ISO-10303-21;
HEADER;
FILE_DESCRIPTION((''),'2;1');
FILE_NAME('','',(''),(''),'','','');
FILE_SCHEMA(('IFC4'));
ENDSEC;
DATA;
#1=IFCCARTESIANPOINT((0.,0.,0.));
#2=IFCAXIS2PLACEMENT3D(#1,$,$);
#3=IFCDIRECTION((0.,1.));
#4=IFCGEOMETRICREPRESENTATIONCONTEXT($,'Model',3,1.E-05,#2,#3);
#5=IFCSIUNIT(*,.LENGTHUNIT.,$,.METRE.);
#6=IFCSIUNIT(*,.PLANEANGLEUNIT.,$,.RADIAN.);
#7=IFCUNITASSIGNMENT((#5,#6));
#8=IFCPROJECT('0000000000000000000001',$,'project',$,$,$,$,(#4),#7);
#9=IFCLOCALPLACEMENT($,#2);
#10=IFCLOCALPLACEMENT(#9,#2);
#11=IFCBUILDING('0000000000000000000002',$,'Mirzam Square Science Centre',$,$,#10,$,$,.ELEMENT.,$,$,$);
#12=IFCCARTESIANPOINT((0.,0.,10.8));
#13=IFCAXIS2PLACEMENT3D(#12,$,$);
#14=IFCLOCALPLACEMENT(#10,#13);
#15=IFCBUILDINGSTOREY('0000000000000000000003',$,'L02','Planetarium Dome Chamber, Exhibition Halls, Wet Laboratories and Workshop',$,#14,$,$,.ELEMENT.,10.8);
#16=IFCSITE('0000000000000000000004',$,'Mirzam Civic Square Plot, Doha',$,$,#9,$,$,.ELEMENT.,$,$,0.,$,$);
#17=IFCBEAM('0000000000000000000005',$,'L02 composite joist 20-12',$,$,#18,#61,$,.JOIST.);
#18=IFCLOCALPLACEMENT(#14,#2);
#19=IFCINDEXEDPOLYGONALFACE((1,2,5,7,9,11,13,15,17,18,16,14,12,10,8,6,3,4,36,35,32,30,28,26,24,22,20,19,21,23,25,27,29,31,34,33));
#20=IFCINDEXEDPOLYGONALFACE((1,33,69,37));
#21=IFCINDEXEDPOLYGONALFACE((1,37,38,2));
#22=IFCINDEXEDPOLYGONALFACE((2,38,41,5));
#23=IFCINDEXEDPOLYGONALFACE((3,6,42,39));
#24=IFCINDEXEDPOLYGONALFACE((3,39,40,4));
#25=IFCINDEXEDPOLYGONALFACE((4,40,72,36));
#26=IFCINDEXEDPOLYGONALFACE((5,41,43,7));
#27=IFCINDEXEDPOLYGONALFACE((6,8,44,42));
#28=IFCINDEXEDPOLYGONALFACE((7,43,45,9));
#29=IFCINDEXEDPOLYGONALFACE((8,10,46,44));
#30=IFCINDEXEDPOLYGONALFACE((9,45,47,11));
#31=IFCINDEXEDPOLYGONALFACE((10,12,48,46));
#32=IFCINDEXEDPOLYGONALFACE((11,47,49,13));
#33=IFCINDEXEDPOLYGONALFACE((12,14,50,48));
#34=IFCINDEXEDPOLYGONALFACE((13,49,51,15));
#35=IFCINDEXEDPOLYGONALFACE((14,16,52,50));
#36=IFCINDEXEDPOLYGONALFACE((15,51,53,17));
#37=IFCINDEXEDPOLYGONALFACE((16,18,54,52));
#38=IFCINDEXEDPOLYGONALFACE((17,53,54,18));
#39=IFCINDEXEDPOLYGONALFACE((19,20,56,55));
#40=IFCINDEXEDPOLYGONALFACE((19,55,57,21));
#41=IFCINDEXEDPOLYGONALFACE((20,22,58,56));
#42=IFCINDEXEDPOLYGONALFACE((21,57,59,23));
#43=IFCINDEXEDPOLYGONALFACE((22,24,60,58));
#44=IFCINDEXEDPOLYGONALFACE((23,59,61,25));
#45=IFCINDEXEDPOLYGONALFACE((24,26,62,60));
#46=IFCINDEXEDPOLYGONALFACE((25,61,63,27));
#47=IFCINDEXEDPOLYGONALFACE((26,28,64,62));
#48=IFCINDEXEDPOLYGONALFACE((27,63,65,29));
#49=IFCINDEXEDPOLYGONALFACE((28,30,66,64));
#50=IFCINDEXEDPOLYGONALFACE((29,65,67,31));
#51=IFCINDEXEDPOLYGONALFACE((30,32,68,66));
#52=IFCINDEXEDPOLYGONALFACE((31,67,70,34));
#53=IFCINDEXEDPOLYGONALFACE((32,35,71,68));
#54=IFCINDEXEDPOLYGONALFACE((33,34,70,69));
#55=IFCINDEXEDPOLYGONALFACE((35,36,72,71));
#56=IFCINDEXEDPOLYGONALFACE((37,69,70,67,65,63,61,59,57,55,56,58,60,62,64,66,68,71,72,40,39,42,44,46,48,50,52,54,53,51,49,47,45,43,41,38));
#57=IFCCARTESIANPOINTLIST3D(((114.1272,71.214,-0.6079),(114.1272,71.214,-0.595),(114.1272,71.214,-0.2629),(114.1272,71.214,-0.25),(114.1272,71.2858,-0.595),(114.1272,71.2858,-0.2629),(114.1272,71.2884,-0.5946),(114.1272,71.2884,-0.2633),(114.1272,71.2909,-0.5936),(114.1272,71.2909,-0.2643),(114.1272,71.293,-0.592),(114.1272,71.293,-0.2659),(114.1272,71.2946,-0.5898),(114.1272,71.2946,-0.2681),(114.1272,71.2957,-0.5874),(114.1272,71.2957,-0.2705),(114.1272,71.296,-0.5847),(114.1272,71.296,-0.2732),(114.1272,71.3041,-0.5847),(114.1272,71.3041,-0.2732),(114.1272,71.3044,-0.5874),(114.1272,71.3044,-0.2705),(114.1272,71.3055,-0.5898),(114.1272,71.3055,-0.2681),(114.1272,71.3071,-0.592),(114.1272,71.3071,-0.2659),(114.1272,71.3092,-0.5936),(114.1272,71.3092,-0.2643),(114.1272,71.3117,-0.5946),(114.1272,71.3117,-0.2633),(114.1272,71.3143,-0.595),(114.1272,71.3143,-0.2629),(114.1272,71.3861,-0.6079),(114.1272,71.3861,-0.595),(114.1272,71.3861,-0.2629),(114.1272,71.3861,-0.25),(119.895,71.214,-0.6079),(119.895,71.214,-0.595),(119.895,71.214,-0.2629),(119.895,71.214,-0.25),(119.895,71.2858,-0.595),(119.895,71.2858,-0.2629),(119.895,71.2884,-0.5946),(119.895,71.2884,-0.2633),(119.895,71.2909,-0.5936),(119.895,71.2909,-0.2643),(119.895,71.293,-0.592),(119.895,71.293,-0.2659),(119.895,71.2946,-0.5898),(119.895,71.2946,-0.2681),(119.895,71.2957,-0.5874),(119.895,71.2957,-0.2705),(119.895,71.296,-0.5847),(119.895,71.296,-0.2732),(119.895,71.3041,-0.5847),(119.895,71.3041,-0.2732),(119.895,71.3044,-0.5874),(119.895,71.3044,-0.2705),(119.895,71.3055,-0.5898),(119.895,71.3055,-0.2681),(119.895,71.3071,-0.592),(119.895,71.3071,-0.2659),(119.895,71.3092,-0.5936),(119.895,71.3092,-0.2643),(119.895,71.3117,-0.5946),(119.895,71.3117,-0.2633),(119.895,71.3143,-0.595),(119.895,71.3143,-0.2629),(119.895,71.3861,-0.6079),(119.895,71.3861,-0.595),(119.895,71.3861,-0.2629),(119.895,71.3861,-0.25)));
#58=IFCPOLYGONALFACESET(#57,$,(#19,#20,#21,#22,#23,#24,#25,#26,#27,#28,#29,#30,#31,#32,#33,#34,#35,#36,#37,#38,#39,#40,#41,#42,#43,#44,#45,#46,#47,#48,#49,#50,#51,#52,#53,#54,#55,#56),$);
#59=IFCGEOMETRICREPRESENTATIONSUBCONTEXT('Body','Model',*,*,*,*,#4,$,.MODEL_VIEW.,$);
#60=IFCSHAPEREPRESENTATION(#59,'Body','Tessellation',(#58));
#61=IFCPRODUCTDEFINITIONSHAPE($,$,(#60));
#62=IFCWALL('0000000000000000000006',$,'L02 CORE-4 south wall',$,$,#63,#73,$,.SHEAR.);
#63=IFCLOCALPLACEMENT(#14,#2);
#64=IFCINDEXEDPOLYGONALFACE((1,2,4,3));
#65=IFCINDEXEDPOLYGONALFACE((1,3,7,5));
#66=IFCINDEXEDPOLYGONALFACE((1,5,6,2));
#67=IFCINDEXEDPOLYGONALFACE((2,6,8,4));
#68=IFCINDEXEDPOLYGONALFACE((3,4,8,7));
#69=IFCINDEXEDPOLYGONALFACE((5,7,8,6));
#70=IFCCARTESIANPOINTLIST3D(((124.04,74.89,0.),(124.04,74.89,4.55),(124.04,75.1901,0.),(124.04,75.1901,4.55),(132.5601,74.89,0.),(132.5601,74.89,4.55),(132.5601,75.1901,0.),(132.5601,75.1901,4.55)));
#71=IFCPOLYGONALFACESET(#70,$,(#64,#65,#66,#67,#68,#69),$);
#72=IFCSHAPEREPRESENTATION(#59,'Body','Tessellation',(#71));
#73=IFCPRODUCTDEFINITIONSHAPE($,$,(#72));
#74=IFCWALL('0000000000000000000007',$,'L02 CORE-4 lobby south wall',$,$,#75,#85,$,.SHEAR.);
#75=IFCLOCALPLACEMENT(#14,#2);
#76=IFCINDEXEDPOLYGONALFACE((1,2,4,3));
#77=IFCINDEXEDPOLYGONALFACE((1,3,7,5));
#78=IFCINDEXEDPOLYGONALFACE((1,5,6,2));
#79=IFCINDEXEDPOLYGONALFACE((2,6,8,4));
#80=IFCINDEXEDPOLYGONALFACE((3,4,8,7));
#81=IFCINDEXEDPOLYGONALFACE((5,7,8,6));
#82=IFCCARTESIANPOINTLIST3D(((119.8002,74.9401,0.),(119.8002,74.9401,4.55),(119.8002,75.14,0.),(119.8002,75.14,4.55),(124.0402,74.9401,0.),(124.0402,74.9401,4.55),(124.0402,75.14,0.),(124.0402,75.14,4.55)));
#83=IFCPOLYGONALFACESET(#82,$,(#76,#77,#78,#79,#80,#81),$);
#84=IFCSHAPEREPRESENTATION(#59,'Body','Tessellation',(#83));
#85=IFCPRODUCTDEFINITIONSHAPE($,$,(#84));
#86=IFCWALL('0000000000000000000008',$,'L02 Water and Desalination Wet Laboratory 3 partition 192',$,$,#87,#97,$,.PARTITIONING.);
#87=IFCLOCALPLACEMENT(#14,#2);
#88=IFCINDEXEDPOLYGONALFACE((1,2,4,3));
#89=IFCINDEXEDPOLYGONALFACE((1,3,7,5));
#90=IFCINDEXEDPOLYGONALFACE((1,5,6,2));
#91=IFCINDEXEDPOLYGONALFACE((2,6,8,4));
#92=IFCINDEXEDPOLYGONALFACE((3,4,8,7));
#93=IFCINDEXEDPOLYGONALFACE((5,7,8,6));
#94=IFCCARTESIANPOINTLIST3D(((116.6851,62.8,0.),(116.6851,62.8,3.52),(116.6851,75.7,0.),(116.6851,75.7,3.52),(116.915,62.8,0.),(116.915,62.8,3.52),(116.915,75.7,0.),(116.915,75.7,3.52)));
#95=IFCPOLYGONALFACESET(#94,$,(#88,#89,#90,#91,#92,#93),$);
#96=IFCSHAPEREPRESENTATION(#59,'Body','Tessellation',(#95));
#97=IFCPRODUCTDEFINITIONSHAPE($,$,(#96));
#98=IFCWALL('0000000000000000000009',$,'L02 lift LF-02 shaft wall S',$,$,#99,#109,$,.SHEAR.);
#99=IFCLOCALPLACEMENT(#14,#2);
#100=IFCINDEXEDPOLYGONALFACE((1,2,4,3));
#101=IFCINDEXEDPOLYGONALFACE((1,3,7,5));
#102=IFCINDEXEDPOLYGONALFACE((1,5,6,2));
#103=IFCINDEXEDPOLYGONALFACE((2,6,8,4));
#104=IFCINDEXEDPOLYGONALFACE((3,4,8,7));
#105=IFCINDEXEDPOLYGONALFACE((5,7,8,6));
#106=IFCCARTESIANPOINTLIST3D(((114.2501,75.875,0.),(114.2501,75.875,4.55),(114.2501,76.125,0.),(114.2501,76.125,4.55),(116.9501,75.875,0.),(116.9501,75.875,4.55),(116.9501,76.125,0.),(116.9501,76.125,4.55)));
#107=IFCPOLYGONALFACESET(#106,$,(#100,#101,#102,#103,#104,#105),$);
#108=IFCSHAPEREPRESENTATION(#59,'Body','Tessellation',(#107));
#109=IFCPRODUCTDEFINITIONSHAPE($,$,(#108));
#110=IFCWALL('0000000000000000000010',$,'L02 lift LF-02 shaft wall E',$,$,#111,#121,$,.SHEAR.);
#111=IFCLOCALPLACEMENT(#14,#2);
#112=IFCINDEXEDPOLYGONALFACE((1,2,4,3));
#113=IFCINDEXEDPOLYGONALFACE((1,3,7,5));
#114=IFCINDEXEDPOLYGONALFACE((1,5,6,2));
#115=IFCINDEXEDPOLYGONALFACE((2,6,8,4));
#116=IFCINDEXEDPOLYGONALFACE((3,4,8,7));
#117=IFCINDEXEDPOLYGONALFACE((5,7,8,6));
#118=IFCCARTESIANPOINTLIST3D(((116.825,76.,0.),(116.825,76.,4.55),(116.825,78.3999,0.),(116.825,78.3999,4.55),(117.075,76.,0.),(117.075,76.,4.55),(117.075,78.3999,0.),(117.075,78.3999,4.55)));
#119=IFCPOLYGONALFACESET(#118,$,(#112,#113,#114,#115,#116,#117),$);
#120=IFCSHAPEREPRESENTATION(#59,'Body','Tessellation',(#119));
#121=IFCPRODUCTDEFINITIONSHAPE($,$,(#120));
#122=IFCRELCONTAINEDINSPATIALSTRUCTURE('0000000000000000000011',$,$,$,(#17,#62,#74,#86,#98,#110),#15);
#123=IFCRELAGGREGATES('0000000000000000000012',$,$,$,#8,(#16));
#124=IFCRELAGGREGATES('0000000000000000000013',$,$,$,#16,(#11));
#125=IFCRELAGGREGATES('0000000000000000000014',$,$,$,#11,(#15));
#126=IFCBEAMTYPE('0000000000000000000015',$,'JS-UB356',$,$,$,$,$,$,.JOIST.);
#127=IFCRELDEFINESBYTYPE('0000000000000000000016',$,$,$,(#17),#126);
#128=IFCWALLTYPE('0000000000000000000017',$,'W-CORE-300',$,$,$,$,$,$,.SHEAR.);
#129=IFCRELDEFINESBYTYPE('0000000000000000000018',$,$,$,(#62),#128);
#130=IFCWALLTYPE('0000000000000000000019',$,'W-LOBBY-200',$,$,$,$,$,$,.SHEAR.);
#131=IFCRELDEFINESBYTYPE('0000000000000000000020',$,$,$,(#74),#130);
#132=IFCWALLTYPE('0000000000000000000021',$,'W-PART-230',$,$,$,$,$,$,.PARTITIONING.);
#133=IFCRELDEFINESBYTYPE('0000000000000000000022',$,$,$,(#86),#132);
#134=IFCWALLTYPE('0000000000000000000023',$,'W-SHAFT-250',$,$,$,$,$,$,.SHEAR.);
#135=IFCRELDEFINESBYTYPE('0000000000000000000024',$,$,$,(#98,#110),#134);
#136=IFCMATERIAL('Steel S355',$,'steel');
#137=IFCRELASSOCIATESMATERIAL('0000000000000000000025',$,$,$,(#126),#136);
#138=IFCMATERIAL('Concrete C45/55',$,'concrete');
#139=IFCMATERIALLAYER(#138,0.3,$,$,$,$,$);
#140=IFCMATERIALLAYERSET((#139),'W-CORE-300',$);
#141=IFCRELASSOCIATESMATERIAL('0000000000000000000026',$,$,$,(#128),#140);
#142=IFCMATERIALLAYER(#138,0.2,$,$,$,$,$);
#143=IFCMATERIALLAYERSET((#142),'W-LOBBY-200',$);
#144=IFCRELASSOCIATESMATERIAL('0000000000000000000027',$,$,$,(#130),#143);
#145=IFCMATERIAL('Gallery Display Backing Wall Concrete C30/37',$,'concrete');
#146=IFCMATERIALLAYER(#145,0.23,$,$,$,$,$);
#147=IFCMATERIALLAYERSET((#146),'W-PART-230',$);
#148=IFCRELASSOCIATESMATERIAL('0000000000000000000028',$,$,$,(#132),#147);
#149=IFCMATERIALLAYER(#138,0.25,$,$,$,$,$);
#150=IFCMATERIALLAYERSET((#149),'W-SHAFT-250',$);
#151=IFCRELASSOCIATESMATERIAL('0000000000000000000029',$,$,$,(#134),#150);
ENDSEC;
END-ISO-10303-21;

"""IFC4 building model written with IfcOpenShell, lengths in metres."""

from ifc_helpers import new_model, si_unit, direction, frame, frame_2d, origin, origin_2d, place, context, subcontext, project, spatial, rectangle, i_section, extrude, material, layer, layer_set, material_profile, profile_set, type_object, element, save


model = new_model("IFC4")

# Units and contexts
model_context = context("Model", 3, precision=1e-05, world=origin(), true_north=direction((0.0, 1.0)))
body_context = subcontext(model_context, "Body", "Model", "MODEL_VIEW")
ifc_project = project(units=[si_unit("LENGTHUNIT", "METRE"), si_unit("PLANEANGLEUNIT", "RADIAN")], contexts=[model_context])

# Site, building, storey
site_placement = place(None, origin())
site = spatial("IfcSite", under=ifc_project, at=site_placement, Name="Mirzam Civic Square Plot, Doha", CompositionType="ELEMENT", RefElevation=0.0)
building_placement = place(site_placement, origin())
building = spatial("IfcBuilding", under=site, at=building_placement, Name="Mirzam Square Science Centre", CompositionType="ELEMENT")
storey_placement = place(building_placement, frame((0.0, 0.0, 10.8)))
storey = spatial("IfcBuildingStorey", under=building, at=storey_placement, Name="L02", Description="Planetarium Dome Chamber, Exhibition Halls, Wet Laboratories and Workshop", CompositionType="ELEMENT", Elevation=10.8)

# Shared definitions
ifc_material_1 = material(Name="Steel S355", Category="steel")

# Beam
ifc_material_profile_1 = material_profile(ifc_material_1, i_section(OverallWidth=0.1721, OverallDepth=0.3579, WebThickness=0.0081, FlangeThickness=0.0129, FilletRadius=0.0103, at=origin_2d()), Name="356x171x57UB")
ifc_profile_set_1 = profile_set([ifc_material_profile_1], Name="Steel S355")
beam_type_1 = type_object("IfcBeamType", Name="JS-UB356", PredefinedType="JOIST", material=ifc_profile_set_1)
beam_1_placement = place(storey_placement, frame((114.1272, 71.3, -0.429), z_axis=(1.0, 0.0, 0.0), x_axis=(0.0, 1.0, 0.0)))
element("IfcBeam", 1, at=beam_1_placement, inside=storey, type_object=beam_type_1, Name="L02 composite joist 20-12", PredefinedType="JOIST", context=body_context, shape_type="SweptSolid", body=[
    extrude(i_section(OverallWidth=0.1721, OverallDepth=0.3579, WebThickness=0.0081, FlangeThickness=0.0129, FilletRadius=0.0103, at=origin_2d()), origin(), (0.0, 0.0, 1.0), 5.7678),
])

# Walls
ifc_material_2 = material(Name="Concrete C45/55", Category="concrete")
ifc_layer_1 = layer(ifc_material_2, 0.3)
ifc_layer_set_1 = layer_set([ifc_layer_1], Name="W-CORE-300")
wall_type_1 = type_object("IfcWallType", Name="W-CORE-300", PredefinedType="SHEAR", material=ifc_layer_set_1)
wall_1_placement = place(storey_placement, frame((124.04, 75.04, 0.0), z_axis=(0.0, 0.0, 1.0), x_axis=(1.0, 0.0, 0.0)))
element("IfcWall", 2, at=wall_1_placement, inside=storey, type_object=wall_type_1, Name="L02 CORE-4 south wall", PredefinedType="SHEAR", context=body_context, shape_type="SweptSolid", body=[
    extrude(rectangle(XDim=8.52, YDim=0.3, at=frame_2d((4.26, 0.0))), origin(), (0.0, 0.0, 1.0), 4.55),
])
ifc_layer_2 = layer(ifc_material_2, 0.2)
ifc_layer_set_2 = layer_set([ifc_layer_2], Name="W-LOBBY-200")
wall_type_2 = type_object("IfcWallType", Name="W-LOBBY-200", PredefinedType="SHEAR", material=ifc_layer_set_2)
wall_2_placement = place(storey_placement, frame((119.8, 75.04, 0.0), z_axis=(0.0, 0.0, 1.0), x_axis=(1.0, 0.0, 0.0)))
element("IfcWall", 3, at=wall_2_placement, inside=storey, type_object=wall_type_2, Name="L02 CORE-4 lobby south wall", PredefinedType="SHEAR", context=body_context, shape_type="SweptSolid", body=[
    extrude(rectangle(XDim=4.24, YDim=0.2, at=frame_2d((2.1201, 0.0))), origin(), (0.0, 0.0, 1.0), 4.55),
])
ifc_material_3 = material(Name="Gallery Display Backing Wall Concrete C30/37", Category="concrete")
ifc_layer_3 = layer(ifc_material_3, 0.23)
ifc_layer_set_3 = layer_set([ifc_layer_3], Name="W-PART-230")
wall_type_3 = type_object("IfcWallType", Name="W-PART-230", PredefinedType="PARTITIONING", material=ifc_layer_set_3)
wall_3_placement = place(storey_placement, frame((116.8, 75.7, 0.0), z_axis=(0.0, 0.0, 1.0), x_axis=(0.0, -1.0, 0.0)))
element("IfcWall", 4, at=wall_3_placement, inside=storey, type_object=wall_type_3, Name="L02 Water and Desalination Wet Laboratory 3 partition 192", PredefinedType="PARTITIONING", context=body_context, shape_type="SweptSolid", body=[
    extrude(rectangle(XDim=12.8999, YDim=0.23, at=frame_2d((6.45, 0.0))), origin(), (0.0, 0.0, 1.0), 3.52),
])
ifc_layer_4 = layer(ifc_material_2, 0.25)
ifc_layer_set_4 = layer_set([ifc_layer_4], Name="W-SHAFT-250")
wall_type_4 = type_object("IfcWallType", Name="W-SHAFT-250", PredefinedType="SHEAR", material=ifc_layer_set_4)
wall_4_placement = place(storey_placement, frame((114.25, 76.0, 0.0), z_axis=(0.0, 0.0, 1.0), x_axis=(1.0, 0.0, 0.0)))
element("IfcWall", 5, at=wall_4_placement, inside=storey, type_object=wall_type_4, Name="L02 lift LF-02 shaft wall S", PredefinedType="SHEAR", context=body_context, shape_type="SweptSolid", body=[
    extrude(rectangle(XDim=2.7, YDim=0.25, at=frame_2d((1.3501, 0.0))), origin(), (0.0, 0.0, 1.0), 4.55),
])
wall_5_placement = place(storey_placement, frame((116.95, 76.0, 0.0), z_axis=(0.0, 0.0, 1.0), x_axis=(0.0, 1.0, 0.0)))
element("IfcWall", 6, at=wall_5_placement, inside=storey, type_object=wall_type_4, Name="L02 lift LF-02 shaft wall E", PredefinedType="SHEAR", context=body_context, shape_type="SweptSolid", body=[
    extrude(rectangle(XDim=2.3999, YDim=0.25, at=frame_2d((1.2, 0.0))), origin(), (0.0, 0.0, 1.0), 4.55),
])

save(model, "model.ifc")
